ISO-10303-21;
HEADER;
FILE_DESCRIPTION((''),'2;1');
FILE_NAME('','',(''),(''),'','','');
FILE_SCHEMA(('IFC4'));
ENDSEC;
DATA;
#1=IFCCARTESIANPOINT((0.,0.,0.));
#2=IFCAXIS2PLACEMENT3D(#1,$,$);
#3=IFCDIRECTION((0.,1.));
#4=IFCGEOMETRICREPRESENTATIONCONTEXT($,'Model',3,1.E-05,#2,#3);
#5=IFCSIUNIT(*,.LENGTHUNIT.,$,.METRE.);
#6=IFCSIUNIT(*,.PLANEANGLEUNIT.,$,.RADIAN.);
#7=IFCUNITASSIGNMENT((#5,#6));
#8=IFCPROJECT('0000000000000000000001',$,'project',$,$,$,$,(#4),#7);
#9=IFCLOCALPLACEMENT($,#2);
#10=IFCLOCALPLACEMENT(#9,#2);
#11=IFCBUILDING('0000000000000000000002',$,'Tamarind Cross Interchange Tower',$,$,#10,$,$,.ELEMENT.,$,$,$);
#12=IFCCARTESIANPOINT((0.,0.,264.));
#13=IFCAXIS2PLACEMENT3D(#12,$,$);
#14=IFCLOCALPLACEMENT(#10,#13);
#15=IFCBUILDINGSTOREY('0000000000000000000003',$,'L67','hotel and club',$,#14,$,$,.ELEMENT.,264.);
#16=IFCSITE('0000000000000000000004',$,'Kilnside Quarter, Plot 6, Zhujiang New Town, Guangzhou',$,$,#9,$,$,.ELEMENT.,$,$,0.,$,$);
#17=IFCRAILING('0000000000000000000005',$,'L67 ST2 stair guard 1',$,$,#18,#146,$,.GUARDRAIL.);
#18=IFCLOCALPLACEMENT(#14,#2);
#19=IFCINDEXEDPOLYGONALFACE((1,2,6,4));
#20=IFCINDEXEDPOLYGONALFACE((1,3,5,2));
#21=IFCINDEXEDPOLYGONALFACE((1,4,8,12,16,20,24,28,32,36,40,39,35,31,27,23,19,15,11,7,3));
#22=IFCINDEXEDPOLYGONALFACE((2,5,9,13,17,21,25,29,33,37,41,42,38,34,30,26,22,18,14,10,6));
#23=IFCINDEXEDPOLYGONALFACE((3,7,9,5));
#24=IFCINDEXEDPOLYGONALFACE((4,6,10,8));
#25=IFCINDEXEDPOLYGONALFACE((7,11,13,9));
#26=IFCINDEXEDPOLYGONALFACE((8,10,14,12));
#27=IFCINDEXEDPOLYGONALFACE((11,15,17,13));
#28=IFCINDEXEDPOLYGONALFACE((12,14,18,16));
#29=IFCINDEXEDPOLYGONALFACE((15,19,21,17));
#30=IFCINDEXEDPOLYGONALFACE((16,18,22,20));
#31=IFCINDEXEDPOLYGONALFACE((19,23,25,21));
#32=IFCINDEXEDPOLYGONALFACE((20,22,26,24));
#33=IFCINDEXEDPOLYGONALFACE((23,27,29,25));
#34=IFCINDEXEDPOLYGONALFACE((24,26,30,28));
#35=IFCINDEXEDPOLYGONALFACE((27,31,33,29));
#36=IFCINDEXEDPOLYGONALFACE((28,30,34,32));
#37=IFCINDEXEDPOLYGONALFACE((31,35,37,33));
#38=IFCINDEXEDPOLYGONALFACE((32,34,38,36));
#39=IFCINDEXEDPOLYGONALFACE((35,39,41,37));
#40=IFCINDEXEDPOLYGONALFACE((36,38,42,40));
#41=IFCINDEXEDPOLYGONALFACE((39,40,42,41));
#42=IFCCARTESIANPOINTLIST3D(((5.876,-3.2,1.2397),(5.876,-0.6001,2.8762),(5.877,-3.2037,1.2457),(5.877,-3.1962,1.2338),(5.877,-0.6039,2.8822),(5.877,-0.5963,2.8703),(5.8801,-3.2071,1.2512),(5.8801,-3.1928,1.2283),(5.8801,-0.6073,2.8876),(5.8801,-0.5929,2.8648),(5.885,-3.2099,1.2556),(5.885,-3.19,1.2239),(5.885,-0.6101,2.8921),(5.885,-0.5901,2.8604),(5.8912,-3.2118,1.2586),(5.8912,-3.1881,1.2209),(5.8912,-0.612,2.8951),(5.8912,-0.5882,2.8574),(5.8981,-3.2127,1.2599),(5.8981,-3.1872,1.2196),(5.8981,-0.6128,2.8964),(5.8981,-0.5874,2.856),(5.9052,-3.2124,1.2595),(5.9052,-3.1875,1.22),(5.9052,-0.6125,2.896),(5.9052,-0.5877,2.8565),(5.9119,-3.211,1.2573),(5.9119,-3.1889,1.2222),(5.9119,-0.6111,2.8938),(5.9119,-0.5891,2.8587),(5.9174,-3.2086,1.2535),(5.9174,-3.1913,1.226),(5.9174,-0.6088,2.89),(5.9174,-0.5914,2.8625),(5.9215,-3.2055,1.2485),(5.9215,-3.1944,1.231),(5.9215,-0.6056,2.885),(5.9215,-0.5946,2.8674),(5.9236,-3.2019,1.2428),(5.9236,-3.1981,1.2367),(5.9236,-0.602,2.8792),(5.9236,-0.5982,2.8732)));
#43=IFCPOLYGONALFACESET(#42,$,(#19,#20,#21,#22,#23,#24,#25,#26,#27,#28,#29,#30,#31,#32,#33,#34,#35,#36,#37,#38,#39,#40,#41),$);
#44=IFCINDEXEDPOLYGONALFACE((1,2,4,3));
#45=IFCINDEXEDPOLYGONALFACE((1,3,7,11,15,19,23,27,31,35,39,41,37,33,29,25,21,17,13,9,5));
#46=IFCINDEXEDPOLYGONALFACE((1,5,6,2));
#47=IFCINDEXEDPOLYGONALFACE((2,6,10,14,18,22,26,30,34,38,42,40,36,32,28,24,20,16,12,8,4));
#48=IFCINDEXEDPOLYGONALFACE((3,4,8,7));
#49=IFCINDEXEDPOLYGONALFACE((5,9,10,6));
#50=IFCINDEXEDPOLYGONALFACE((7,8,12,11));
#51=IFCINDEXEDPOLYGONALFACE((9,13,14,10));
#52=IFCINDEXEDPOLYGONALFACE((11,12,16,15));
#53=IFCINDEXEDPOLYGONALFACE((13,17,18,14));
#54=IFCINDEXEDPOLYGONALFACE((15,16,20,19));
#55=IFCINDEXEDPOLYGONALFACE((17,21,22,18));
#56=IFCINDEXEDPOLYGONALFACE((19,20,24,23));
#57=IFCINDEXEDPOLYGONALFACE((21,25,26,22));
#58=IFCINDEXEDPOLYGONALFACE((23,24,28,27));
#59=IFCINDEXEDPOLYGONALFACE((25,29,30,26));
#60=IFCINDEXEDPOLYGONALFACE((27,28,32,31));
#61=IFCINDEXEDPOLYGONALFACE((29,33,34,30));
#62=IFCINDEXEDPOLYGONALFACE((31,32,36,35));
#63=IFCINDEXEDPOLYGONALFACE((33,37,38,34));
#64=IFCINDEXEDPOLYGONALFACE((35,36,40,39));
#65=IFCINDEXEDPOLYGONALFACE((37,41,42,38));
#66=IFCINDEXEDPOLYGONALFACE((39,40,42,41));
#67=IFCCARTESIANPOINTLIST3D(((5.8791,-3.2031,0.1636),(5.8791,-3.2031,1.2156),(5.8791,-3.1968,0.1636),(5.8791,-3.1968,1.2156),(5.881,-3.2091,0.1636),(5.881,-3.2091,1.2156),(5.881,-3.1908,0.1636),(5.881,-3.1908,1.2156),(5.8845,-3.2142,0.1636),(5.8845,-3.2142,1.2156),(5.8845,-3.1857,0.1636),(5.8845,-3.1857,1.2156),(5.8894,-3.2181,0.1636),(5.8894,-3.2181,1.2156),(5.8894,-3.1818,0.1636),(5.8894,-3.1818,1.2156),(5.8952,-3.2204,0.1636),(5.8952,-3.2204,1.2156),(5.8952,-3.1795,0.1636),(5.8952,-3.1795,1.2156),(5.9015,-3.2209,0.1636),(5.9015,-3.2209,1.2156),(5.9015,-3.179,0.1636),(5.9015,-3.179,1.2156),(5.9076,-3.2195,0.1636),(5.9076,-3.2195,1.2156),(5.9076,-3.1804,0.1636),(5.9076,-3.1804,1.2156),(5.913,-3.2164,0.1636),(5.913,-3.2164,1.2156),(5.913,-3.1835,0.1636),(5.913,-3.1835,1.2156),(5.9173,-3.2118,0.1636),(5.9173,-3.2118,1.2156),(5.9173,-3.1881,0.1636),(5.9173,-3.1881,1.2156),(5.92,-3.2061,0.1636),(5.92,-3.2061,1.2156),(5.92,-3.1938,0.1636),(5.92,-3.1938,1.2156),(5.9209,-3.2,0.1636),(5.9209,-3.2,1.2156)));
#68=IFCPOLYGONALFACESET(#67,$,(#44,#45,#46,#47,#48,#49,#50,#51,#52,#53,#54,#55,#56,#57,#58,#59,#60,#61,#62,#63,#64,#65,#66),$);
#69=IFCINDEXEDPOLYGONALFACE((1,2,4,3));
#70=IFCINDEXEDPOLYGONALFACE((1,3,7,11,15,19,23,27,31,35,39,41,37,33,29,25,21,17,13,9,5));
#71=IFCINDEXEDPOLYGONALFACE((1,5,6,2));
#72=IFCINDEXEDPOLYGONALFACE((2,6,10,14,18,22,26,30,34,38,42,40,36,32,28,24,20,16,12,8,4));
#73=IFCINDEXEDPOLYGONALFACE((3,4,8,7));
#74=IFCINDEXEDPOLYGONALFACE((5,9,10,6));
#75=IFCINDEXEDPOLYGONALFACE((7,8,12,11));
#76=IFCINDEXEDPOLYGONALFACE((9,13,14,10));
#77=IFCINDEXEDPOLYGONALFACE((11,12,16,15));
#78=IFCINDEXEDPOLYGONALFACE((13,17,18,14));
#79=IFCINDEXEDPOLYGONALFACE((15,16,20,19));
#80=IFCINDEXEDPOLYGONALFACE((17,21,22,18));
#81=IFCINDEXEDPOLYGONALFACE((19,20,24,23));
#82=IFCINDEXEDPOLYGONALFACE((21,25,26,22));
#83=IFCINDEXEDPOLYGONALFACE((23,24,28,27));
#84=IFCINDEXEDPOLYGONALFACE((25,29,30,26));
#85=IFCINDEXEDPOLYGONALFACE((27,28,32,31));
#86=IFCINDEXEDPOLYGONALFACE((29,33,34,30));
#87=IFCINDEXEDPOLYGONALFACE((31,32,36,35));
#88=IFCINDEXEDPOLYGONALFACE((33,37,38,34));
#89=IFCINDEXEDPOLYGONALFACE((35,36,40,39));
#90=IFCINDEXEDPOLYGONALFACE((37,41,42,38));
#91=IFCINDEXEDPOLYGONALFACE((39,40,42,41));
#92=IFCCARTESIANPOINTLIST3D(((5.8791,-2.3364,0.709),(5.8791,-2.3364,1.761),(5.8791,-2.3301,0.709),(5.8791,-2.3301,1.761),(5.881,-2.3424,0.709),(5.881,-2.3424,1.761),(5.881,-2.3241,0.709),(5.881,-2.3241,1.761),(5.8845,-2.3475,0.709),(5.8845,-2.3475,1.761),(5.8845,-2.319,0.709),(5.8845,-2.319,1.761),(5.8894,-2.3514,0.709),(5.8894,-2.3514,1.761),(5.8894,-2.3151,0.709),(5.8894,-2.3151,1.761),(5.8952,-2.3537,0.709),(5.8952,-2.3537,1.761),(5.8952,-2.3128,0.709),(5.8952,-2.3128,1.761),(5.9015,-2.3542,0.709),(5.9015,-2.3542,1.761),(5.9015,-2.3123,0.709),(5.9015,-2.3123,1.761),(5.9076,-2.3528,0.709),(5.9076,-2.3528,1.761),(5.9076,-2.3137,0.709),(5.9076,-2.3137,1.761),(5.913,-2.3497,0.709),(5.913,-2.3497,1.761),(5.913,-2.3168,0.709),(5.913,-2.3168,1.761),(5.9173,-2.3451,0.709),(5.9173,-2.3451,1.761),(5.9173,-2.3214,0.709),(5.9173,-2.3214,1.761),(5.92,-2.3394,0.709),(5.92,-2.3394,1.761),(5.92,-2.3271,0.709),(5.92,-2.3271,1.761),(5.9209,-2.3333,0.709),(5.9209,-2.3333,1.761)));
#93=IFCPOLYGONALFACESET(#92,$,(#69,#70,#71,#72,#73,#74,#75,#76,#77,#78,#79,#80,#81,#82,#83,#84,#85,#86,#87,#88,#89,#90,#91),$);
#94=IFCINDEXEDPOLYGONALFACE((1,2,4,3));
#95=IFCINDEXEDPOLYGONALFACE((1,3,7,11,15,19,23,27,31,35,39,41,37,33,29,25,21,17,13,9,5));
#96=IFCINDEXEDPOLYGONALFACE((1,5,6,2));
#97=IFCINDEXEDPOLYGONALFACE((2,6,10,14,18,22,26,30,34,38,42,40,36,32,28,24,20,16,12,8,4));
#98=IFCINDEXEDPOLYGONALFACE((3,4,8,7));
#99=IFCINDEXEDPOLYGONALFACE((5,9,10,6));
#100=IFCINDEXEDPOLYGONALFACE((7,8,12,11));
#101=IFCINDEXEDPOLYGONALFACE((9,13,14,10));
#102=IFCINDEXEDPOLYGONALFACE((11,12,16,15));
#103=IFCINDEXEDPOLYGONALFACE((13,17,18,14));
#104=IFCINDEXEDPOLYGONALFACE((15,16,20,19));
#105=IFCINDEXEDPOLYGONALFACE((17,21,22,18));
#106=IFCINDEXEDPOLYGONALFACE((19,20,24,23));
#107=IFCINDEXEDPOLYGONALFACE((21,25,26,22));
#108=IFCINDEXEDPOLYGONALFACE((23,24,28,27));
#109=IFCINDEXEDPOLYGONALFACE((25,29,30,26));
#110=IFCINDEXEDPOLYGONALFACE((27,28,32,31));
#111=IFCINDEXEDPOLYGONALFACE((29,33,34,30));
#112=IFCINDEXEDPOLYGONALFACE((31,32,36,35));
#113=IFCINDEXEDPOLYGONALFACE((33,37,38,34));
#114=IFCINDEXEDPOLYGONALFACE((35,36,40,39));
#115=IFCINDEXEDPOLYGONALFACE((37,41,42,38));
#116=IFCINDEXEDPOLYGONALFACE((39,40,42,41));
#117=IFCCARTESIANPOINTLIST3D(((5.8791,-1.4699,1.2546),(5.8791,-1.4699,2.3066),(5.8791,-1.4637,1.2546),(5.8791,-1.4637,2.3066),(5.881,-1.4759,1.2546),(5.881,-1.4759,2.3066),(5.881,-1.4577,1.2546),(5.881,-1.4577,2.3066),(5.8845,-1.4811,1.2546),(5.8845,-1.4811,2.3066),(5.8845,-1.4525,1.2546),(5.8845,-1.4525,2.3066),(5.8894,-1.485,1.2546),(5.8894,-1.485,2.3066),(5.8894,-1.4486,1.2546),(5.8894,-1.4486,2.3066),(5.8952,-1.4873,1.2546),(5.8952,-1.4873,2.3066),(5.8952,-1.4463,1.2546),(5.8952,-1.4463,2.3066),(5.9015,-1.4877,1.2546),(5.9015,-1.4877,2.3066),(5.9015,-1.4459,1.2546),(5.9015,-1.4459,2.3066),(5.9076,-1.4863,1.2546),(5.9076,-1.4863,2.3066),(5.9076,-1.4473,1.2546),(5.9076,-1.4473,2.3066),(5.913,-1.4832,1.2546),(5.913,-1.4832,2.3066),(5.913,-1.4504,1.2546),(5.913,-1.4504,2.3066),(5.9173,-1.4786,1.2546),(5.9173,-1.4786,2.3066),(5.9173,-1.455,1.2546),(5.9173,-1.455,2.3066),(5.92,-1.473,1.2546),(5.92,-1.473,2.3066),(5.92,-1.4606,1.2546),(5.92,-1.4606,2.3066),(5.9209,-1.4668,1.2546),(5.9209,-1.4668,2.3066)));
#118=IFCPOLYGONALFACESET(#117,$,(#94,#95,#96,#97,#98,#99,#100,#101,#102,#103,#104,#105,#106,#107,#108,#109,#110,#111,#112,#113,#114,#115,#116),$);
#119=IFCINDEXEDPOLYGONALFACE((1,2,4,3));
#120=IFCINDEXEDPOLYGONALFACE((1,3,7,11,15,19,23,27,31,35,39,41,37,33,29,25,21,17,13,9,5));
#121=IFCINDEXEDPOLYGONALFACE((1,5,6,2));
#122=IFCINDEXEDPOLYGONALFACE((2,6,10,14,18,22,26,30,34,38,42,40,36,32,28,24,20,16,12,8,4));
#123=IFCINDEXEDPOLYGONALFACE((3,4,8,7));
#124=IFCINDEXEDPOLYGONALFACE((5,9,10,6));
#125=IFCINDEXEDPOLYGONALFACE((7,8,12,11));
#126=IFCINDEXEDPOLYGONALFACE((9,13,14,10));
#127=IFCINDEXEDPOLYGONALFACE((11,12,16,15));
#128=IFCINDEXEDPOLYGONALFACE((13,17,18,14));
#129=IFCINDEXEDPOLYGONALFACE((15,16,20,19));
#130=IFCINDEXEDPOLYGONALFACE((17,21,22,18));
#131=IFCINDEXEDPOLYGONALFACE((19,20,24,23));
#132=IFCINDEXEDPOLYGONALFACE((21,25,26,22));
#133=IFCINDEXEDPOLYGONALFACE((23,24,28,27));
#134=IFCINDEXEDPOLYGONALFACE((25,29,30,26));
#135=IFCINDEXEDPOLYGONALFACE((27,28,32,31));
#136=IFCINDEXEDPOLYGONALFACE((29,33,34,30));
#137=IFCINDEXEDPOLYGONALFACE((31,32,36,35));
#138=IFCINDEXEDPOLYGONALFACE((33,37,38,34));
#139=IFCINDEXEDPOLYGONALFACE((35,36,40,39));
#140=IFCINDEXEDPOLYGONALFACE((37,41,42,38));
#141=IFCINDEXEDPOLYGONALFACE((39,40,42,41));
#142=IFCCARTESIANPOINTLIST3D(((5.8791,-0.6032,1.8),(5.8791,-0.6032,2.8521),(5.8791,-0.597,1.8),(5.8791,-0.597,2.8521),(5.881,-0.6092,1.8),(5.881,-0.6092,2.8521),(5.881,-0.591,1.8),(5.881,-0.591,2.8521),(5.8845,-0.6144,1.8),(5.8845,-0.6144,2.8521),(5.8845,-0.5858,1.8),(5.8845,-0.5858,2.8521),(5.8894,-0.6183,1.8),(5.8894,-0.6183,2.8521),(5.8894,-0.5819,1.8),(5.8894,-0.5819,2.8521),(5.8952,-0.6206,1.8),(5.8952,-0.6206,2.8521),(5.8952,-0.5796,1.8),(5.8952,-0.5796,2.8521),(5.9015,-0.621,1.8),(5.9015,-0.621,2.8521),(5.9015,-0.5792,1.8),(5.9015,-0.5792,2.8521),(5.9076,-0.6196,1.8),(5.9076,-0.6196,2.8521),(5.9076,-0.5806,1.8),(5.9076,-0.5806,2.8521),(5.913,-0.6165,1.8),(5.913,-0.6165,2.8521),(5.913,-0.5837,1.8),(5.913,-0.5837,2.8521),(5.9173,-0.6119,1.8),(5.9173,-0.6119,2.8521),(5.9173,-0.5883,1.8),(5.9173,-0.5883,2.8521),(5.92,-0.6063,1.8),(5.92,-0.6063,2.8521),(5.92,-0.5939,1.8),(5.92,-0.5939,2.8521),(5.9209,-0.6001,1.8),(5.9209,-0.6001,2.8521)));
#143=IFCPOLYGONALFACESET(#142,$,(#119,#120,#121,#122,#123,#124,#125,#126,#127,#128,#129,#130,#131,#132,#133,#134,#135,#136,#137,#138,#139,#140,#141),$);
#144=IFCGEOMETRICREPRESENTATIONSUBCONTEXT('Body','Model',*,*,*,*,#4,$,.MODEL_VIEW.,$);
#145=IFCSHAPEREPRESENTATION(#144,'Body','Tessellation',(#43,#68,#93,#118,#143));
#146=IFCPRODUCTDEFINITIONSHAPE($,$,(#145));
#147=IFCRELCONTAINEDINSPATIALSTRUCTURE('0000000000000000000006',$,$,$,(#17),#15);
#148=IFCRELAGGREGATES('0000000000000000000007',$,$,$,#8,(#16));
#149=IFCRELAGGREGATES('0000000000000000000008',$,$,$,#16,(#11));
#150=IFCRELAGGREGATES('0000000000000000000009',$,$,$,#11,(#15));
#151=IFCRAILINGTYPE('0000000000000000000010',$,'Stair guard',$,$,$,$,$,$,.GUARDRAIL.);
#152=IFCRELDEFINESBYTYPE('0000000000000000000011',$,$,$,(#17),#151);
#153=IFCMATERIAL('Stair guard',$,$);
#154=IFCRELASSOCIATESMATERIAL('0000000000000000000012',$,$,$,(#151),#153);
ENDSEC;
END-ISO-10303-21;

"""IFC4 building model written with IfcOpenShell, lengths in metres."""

from ifc_helpers import new_model, si_unit, direction, frame, origin, origin_2d, place, context, subcontext, project, spatial, circle, extrude, material, type_object, element, save


model = new_model("IFC4")

# Units and contexts
model_context = context("Model", 3, precision=1e-05, world=origin(), true_north=direction((0.0, 1.0)))
body_context = subcontext(model_context, "Body", "Model", "MODEL_VIEW")
ifc_project = project(units=[si_unit("LENGTHUNIT", "METRE"), si_unit("PLANEANGLEUNIT", "RADIAN")], contexts=[model_context])

# Site, building, storey
site_placement = place(None, origin())
site = spatial("IfcSite", under=ifc_project, at=site_placement, Name="Kilnside Quarter, Plot 6, Zhujiang New Town, Guangzhou", CompositionType="ELEMENT", RefElevation=0.0)
building_placement = place(site_placement, origin())
building = spatial("IfcBuilding", under=site, at=building_placement, Name="Tamarind Cross Interchange Tower", CompositionType="ELEMENT")
storey_placement = place(building_placement, frame((0.0, 0.0, 264.0)))
storey = spatial("IfcBuildingStorey", under=building, at=storey_placement, Name="L67", Description="hotel and club", CompositionType="ELEMENT", Elevation=264.0)

# Railing
ifc_material_1 = material(Name="Stair guard")
railing_type_1 = type_object("IfcRailingType", Name="Stair guard", PredefinedType="GUARDRAIL", material=ifc_material_1)
railing_1_placement = place(storey_placement, frame((5.8999, -3.2, 0.1636)))
element("IfcRailing", 1, at=railing_1_placement, inside=storey, type_object=railing_type_1, Name="L67 ST2 stair guard 1", PredefinedType="GUARDRAIL", context=body_context, shape_type="SweptSolid", body=[
    extrude(circle(Radius=0.0239, at=origin_2d()), frame((0.0, 0.0, 1.0762), z_axis=(0.0, 0.846302, 0.532704), x_axis=(-1.0, 0.0, 0.0)), (0.0, 0.0, 1.0), 3.072),
    extrude(circle(Radius=0.021, at=origin_2d()), origin(), (0.0, 0.0, 1.0), 1.052),
    extrude(circle(Radius=0.021, at=origin_2d()), frame((0.0, 0.8667, 0.5454)), (0.0, 0.0, 1.0), 1.052),
    extrude(circle(Radius=0.021, at=origin_2d()), frame((0.0, 1.7332, 1.0911)), (0.0, 0.0, 1.0), 1.052),
    extrude(circle(Radius=0.021, at=origin_2d()), frame((0.0, 2.5999, 1.6365)), (0.0, 0.0, 1.0), 1.052),
])

save(model, "model.ifc")
